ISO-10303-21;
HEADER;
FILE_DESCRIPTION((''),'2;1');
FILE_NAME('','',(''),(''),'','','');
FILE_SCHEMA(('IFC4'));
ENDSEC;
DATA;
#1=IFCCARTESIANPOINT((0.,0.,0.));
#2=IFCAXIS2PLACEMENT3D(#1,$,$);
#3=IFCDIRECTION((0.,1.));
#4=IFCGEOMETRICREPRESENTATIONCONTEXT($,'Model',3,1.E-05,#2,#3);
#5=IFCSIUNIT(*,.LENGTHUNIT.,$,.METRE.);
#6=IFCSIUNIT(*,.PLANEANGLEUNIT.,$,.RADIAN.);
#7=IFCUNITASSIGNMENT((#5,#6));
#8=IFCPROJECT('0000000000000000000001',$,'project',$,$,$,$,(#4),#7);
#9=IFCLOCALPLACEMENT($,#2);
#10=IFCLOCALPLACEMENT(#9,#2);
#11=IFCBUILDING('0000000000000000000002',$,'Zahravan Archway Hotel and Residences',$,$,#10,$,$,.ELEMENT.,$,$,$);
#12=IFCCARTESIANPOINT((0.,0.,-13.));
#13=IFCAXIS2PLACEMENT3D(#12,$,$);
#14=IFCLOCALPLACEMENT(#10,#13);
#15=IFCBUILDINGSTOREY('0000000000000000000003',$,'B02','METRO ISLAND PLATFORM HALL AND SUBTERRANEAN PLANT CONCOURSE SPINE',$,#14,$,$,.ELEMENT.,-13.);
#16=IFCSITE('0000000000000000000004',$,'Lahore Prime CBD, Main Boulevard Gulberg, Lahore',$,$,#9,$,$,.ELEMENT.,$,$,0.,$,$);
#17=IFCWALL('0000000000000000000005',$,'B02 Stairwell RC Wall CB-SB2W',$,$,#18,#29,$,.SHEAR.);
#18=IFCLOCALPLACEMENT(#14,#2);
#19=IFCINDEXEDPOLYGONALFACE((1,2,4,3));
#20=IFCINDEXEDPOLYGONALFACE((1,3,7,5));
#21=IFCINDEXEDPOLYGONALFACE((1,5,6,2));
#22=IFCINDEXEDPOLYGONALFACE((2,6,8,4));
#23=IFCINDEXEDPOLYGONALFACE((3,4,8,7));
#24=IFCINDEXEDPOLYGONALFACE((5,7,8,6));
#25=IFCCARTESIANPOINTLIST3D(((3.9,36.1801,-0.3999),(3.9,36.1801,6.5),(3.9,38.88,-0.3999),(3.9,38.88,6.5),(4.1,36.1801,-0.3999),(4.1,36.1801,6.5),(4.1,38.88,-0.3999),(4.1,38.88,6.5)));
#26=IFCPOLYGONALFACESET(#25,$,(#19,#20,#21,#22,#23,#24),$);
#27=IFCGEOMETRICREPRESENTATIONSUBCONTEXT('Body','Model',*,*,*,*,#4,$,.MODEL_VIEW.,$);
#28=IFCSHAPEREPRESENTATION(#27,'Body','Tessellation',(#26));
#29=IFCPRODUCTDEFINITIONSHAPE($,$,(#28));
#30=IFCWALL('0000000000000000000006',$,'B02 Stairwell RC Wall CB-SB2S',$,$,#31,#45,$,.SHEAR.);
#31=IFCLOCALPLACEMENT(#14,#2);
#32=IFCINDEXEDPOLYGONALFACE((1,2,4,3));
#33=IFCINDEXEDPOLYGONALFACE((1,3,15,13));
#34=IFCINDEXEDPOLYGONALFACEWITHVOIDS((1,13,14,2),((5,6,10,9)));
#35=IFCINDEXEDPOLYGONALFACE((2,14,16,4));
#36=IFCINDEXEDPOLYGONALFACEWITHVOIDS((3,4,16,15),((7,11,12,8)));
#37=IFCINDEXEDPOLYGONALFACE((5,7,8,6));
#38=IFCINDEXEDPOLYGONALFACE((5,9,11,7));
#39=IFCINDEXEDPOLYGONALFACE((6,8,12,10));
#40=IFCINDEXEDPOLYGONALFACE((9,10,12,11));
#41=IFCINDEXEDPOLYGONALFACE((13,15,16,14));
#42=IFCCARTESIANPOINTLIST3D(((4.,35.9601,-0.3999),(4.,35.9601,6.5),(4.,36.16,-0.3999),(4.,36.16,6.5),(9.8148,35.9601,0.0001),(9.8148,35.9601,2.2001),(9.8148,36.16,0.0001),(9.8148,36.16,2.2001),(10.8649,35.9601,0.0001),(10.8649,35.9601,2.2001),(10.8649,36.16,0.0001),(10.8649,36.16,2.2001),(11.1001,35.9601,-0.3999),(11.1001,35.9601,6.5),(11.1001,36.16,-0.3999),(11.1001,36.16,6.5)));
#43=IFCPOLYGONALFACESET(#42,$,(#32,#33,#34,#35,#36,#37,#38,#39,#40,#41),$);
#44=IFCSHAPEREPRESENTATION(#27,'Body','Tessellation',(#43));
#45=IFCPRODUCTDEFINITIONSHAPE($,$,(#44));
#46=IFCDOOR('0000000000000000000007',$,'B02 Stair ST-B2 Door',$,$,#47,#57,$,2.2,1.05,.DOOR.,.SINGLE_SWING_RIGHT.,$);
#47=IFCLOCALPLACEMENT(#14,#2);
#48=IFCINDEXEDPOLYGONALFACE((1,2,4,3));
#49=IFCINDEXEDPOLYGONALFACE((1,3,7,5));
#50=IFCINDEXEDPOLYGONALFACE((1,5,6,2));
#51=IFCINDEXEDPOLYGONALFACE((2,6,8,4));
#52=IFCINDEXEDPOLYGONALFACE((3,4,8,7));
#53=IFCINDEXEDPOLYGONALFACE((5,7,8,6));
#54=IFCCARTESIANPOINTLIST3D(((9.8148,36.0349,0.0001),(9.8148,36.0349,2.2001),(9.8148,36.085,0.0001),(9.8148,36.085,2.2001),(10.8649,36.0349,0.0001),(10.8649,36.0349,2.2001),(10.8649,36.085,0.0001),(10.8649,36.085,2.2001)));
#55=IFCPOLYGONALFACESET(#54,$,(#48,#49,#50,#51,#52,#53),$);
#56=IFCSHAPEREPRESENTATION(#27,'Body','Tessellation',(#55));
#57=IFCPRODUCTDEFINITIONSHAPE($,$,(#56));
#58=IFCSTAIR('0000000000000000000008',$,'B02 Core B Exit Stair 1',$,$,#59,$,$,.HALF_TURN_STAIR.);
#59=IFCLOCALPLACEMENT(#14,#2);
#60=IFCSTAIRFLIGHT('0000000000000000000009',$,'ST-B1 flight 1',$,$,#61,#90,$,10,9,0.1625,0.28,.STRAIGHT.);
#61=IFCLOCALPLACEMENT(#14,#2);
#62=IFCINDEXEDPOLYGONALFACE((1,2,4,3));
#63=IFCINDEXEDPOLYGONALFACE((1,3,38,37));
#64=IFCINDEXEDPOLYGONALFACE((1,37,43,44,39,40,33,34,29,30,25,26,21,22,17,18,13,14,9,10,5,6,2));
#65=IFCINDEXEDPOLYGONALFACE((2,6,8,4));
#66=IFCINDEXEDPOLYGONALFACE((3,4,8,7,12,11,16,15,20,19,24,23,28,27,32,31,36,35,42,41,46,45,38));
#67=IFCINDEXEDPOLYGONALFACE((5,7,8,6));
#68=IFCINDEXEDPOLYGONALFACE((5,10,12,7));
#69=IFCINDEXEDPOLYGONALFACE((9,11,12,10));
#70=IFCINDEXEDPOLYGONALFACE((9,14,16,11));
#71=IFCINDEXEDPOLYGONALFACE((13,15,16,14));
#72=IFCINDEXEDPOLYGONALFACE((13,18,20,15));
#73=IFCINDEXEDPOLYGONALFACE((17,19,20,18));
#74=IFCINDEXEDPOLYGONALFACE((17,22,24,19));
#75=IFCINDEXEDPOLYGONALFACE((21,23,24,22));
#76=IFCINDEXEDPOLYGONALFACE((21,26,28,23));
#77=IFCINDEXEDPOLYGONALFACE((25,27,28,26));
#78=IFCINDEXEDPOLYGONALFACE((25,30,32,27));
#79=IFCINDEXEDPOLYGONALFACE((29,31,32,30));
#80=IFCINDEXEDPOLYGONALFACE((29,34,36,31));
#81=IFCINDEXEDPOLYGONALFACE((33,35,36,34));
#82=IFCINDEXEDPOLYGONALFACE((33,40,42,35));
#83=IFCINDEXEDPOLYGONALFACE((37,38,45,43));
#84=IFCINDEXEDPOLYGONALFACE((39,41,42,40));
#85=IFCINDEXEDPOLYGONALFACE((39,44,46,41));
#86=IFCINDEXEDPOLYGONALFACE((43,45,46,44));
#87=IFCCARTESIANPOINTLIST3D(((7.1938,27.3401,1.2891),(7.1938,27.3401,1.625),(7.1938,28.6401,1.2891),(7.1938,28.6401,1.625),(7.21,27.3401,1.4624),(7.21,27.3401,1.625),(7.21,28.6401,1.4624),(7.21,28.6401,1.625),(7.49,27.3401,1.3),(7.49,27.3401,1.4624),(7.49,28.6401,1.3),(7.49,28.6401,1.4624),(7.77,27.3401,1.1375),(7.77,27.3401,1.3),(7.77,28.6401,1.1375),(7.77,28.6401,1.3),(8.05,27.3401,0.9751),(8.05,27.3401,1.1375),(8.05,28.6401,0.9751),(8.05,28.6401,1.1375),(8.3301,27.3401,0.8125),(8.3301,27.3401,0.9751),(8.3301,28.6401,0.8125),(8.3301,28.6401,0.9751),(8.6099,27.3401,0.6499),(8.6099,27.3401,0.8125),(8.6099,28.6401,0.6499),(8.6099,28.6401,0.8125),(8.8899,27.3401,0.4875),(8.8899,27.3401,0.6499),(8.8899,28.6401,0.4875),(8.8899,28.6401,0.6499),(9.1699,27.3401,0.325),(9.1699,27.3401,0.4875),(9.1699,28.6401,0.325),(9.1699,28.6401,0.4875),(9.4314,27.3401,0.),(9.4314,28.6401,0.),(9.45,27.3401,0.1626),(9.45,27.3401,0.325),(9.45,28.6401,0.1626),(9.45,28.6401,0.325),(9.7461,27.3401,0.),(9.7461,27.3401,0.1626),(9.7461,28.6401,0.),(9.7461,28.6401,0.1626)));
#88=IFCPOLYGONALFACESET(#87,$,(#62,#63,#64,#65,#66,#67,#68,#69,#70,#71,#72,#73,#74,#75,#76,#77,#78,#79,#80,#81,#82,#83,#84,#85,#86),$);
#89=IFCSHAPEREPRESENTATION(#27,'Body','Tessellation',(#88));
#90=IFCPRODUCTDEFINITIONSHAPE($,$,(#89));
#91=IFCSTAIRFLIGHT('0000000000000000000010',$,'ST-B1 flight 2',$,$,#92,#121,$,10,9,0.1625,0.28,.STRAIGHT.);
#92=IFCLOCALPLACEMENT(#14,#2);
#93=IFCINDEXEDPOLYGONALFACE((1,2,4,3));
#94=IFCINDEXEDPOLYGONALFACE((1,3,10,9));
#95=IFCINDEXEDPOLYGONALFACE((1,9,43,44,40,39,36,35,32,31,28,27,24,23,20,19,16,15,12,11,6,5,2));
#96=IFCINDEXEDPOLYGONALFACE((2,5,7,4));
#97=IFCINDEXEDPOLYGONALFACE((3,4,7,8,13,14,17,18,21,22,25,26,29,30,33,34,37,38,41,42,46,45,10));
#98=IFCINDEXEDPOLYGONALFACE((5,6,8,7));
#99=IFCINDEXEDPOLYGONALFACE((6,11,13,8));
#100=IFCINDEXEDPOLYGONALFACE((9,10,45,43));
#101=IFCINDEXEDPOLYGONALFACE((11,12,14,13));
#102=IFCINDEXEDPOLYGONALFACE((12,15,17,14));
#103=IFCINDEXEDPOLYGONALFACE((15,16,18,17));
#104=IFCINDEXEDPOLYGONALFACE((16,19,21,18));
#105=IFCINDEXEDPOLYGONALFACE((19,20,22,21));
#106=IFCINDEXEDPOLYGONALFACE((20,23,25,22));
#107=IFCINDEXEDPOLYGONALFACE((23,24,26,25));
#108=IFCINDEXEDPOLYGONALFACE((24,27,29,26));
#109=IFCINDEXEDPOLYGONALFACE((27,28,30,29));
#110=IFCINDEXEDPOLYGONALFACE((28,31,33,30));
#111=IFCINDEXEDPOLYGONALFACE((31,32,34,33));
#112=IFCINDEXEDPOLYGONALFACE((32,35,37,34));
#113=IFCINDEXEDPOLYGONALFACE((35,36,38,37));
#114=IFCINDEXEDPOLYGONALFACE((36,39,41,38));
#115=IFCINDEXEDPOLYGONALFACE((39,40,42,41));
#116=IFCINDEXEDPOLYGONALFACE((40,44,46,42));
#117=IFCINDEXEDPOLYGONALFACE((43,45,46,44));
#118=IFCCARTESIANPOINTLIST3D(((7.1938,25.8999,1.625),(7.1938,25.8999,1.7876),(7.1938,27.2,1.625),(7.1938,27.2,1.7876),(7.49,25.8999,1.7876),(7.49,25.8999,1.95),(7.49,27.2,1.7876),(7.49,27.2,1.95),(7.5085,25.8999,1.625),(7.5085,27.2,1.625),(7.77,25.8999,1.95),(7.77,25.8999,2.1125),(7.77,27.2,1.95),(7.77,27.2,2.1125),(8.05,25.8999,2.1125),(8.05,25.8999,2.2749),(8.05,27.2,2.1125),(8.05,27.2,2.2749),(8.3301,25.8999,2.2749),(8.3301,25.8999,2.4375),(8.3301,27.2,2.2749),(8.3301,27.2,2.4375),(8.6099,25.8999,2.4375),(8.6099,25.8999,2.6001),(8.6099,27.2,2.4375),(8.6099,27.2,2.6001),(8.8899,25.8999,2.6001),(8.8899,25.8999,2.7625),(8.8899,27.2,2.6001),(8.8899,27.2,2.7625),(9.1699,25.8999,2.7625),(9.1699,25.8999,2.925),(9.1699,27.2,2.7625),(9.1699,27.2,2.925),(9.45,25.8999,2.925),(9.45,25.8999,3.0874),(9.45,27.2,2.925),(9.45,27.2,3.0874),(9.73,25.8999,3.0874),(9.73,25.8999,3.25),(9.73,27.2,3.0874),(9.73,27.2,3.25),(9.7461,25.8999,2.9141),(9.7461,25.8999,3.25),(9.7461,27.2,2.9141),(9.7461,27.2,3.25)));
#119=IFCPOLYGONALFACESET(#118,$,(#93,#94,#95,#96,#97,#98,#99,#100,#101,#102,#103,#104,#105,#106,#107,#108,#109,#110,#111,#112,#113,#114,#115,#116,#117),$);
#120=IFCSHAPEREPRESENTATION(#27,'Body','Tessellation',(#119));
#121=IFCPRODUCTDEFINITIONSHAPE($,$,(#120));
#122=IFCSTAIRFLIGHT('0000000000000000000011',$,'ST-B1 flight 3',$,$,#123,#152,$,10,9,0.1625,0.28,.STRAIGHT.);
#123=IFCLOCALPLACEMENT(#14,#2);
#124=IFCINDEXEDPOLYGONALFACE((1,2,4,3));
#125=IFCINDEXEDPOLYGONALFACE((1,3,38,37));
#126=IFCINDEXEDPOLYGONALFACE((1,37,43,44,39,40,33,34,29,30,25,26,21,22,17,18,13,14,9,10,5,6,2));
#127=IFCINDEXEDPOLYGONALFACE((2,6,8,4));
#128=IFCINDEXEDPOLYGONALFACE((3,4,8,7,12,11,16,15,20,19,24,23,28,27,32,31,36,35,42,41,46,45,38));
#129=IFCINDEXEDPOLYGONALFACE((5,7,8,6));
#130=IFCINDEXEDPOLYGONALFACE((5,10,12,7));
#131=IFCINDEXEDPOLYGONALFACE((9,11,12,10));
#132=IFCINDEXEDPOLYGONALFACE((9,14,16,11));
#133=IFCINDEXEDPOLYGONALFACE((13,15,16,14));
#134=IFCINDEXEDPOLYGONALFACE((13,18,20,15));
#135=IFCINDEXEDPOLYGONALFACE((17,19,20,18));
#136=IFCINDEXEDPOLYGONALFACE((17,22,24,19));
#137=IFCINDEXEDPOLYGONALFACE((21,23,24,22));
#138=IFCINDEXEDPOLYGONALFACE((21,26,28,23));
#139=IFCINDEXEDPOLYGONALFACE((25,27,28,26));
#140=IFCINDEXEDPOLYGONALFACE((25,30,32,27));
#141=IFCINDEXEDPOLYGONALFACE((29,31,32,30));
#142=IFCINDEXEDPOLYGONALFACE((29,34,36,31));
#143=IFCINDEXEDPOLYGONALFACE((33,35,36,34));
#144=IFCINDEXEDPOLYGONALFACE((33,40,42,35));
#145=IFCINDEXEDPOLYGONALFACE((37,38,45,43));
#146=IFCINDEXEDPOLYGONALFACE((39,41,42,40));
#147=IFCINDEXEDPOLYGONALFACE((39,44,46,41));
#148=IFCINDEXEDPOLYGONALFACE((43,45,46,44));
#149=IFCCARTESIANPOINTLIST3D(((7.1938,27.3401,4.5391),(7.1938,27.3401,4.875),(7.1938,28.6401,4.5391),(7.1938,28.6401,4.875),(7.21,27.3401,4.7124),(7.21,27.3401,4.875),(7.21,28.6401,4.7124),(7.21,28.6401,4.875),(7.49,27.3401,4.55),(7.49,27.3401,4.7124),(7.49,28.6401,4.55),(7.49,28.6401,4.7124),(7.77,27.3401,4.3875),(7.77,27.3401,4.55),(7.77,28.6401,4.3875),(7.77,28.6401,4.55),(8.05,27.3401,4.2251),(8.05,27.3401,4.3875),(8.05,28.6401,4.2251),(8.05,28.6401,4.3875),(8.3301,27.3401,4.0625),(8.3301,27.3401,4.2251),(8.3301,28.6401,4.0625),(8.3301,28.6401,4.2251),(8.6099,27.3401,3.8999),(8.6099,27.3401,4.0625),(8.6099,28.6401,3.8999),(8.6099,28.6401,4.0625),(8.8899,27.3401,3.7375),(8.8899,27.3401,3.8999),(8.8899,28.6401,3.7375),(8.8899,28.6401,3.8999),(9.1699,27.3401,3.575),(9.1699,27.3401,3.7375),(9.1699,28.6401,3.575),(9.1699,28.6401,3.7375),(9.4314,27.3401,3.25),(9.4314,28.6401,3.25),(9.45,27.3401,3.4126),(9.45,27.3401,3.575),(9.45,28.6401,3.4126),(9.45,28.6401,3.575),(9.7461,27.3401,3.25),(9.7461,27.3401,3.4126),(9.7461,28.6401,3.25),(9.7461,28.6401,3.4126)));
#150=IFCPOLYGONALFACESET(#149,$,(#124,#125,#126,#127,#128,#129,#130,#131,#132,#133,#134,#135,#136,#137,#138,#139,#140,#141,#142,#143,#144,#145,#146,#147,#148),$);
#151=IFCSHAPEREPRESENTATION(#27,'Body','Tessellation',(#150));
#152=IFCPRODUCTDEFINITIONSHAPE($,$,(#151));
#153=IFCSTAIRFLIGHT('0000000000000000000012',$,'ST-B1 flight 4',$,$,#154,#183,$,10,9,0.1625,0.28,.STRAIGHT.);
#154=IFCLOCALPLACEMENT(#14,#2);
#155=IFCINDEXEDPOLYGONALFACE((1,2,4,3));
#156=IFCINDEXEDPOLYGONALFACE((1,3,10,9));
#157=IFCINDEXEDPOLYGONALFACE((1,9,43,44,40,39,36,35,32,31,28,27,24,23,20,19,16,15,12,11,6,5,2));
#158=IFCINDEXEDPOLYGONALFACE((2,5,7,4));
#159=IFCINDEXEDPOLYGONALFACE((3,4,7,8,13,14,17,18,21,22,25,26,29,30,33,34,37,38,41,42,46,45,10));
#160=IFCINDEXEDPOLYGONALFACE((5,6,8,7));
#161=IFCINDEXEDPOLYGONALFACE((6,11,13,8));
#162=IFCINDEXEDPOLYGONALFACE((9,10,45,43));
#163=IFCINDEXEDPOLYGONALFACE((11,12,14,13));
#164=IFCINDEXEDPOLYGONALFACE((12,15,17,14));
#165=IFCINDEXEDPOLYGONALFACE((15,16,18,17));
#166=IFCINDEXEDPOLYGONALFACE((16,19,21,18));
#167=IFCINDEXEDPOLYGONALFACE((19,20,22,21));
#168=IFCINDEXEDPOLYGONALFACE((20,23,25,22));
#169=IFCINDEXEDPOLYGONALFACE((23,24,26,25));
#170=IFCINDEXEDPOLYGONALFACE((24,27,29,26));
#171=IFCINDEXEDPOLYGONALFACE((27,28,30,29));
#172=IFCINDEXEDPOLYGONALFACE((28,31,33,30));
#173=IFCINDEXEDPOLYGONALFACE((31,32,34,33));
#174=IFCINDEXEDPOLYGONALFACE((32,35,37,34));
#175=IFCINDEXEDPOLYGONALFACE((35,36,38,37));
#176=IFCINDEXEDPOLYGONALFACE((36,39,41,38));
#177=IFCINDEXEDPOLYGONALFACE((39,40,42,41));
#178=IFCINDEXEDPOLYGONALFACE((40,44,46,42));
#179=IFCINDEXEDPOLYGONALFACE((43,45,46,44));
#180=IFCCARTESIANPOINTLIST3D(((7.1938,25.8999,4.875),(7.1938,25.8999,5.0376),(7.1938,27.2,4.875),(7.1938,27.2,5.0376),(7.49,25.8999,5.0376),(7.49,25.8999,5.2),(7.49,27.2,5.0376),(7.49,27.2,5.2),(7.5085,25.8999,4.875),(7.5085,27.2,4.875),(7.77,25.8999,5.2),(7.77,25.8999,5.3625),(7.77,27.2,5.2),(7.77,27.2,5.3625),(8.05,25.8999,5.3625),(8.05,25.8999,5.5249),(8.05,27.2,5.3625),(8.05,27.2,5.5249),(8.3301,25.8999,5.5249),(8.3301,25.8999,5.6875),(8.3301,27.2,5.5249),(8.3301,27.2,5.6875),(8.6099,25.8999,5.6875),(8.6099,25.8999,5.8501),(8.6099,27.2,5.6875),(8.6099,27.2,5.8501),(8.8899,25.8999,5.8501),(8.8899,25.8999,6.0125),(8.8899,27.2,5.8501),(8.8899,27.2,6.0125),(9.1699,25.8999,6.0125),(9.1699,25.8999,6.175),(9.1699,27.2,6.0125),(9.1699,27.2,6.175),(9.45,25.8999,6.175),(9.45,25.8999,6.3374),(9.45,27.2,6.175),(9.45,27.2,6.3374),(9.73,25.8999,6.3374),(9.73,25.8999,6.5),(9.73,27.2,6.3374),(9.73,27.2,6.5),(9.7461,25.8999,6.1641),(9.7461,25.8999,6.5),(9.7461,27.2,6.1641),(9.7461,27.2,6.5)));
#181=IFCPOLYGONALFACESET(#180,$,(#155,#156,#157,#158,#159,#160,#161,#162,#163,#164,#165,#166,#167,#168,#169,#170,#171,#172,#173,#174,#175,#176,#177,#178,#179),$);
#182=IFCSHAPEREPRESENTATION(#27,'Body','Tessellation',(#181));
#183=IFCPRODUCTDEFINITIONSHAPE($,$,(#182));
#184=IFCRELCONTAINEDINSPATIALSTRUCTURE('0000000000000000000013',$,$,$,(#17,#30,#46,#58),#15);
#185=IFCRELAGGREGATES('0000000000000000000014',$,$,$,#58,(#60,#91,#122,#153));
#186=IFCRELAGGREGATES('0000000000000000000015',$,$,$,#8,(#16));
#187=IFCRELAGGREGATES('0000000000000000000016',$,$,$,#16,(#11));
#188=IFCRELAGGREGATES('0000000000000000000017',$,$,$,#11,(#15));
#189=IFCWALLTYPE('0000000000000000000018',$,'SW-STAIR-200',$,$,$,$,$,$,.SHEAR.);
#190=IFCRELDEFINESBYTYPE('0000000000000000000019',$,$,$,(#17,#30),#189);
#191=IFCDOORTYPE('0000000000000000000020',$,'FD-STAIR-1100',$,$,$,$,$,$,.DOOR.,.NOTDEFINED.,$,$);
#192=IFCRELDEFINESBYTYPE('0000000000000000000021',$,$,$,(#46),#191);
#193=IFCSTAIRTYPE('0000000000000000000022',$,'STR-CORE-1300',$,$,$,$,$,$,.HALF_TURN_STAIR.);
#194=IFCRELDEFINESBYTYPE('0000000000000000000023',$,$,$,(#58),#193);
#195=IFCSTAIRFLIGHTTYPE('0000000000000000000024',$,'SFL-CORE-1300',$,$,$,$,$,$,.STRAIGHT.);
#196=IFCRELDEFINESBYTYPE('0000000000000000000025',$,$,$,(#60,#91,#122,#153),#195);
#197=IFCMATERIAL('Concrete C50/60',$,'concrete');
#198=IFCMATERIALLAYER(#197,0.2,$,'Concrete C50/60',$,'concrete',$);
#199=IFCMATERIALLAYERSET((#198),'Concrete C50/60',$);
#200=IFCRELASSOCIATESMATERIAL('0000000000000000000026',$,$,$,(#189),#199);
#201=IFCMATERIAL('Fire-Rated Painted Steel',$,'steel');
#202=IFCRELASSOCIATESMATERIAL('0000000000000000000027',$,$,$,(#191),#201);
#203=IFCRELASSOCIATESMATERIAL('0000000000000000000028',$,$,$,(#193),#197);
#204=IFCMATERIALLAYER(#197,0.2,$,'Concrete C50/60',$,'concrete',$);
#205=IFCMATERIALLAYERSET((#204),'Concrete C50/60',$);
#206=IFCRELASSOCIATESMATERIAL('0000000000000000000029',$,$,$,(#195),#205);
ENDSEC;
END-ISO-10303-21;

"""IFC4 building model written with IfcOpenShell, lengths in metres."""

from ifc_helpers import new_model, si_unit, direction, frame, frame_2d, origin, place, context, subcontext, project, spatial, polyline, rectangle, outline, extrude, source, transform, mapped, material, layer, layer_set, type_object, type_shapes, element, fill, aggregate, save


model = new_model("IFC4")

# Units and contexts
model_context = context("Model", 3, precision=1e-05, world=origin(), true_north=direction((0.0, 1.0)))
body_context = subcontext(model_context, "Body", "Model", "MODEL_VIEW")
ifc_project = project(units=[si_unit("LENGTHUNIT", "METRE"), si_unit("PLANEANGLEUNIT", "RADIAN")], contexts=[model_context])

# Site, building, storey
site_placement = place(None, origin())
site = spatial("IfcSite", under=ifc_project, at=site_placement, Name="Lahore Prime CBD, Main Boulevard Gulberg, Lahore", CompositionType="ELEMENT", RefElevation=0.0)
building_placement = place(site_placement, origin())
building = spatial("IfcBuilding", under=site, at=building_placement, Name="Zahravan Archway Hotel and Residences", CompositionType="ELEMENT")
storey_placement = place(building_placement, frame((0.0, 0.0, -13.0)))
storey = spatial("IfcBuildingStorey", under=building, at=storey_placement, Name="B02", Description="METRO ISLAND PLATFORM HALL AND SUBTERRANEAN PLANT CONCOURSE SPINE", CompositionType="ELEMENT", Elevation=-13.0)

# Shared definitions
ifc_material_1 = material(Name="Concrete C50/60", Category="concrete")

# Shared definitions
ifc_material_2 = material(Name="Fire-Rated Painted Steel", Category="steel")

# Shared definitions
ifc_layer_1 = layer(ifc_material_1, 0.2, Name="Concrete C50/60", Category="concrete")
ifc_layer_set_1 = layer_set([ifc_layer_1], Name="Concrete C50/60")
wall_type_1 = type_object("IfcWallType", Name="SW-STAIR-200", PredefinedType="SHEAR", material=ifc_layer_set_1)

# Shared definitions
door_type_1 = type_object("IfcDoorType", Name="FD-STAIR-1100", OperationType="NOTDEFINED", PredefinedType="DOOR", material=ifc_material_2)
shared_shape_1 = source(origin(), body_context, "Body", "SweptSolid", [
    extrude(rectangle(XDim=1.05, YDim=2.2, at=frame_2d((0.5249, 1.1001))), frame((0.0, 0.0249, 0.0), z_axis=(0.0, -1.0, 0.0), x_axis=(1.0, 0.0, 0.0)), (0.0, 0.0, 1.0), 0.05),
])
type_shapes(door_type_1, [shared_shape_1])

# Wall
wall_1_placement = place(storey_placement, frame((4.0, 36.1799, -0.3999), z_axis=(0.0, 0.0, 1.0), x_axis=(0.0, 1.0, 0.0)))
element("IfcWall", 1, at=wall_1_placement, inside=storey, type_object=wall_type_1, Name="B02 Stairwell RC Wall CB-SB2W", PredefinedType="SHEAR", context=body_context, shape_type="SweptSolid", body=[
    extrude(rectangle(XDim=2.7, YDim=0.2, at=frame_2d((1.3501, 0.0))), origin(), (0.0, 0.0, 1.0), 6.8999),
])

# Wall, opening, door
wall_2_placement = place(storey_placement, frame((4.0, 36.0601, -0.3999), z_axis=(0.0, 0.0, 1.0), x_axis=(1.0, 0.0, 0.0)))
wall_2 = element("IfcWall", 2, at=wall_2_placement, inside=storey, type_object=wall_type_1, Name="B02 Stairwell RC Wall CB-SB2S", PredefinedType="SHEAR", context=body_context, shape_type="SweptSolid", body=[
    extrude(rectangle(XDim=7.1001, YDim=0.2, at=frame_2d((3.55, 0.0))), origin(), (0.0, 0.0, 1.0), 6.8999),
])
opening_1_placement = place(wall_2_placement, frame((5.8149, 0.0, 0.3999)))
opening_1 = element("IfcOpeningElement", 3, at=opening_1_placement, cuts=wall_2, PredefinedType="OPENING", context=body_context, shape_type="SweptSolid", body=[
    extrude(rectangle(XDim=1.05, YDim=2.2, at=frame_2d((0.5249, 1.1001))), frame((0.0, 0.1099, 0.0), z_axis=(0.0, -1.0, 0.0), x_axis=(1.0, 0.0, 0.0)), (0.0, 0.0, 1.0), 0.22),
])
door_1_placement = place(opening_1_placement, origin())
door_1 = element("IfcDoor", 4, at=door_1_placement, inside=storey, type_object=door_type_1, Name="B02 Stair ST-B2 Door", OperationType="SINGLE_SWING_RIGHT", OverallHeight=2.2, OverallWidth=1.05, PredefinedType="DOOR", context=body_context, shape_type="MappedRepresentation", body=[
    mapped(shared_shape_1, transform((0.0, 0.0, 0.0), scale=1.0)),
])
fill(opening_1, door_1)

# Stair, stair flights
stair_type = type_object("IfcStairType", Name="STR-CORE-1300", PredefinedType="HALF_TURN_STAIR", material=ifc_material_1)
stair_placement = place(storey_placement, origin())
stair = element("IfcStair", 5, at=stair_placement, inside=storey, type_object=stair_type, Name="B02 Core B Exit Stair 1", PredefinedType="HALF_TURN_STAIR")
ifc_layer_2 = layer(ifc_material_1, 0.2, Name="Concrete C50/60", Category="concrete")
ifc_layer_set_2 = layer_set([ifc_layer_2], Name="Concrete C50/60")
stair_flight_type = type_object("IfcStairFlightType", Name="SFL-CORE-1300", PredefinedType="STRAIGHT", material=ifc_layer_set_2)
shared_shape_2 = source(origin(), body_context, "Body", "SweptSolid", [
    extrude(outline(polyline([(-0.0161, 0.0), (-0.0161, 0.1626), (0.28, 0.1626), (0.28, 0.325), (0.5601, 0.325), (0.5601, 0.4875), (0.8401, 0.4875), (0.8401, 0.6499), (1.1201, 0.6499), (1.1201, 0.8125), (1.3999, 0.8125), (1.3999, 0.9751), (1.6799, 0.9751), (1.6799, 1.1375), (1.96, 1.1375), (1.96, 1.3), (2.24, 1.3), (2.24, 1.4624), (2.52, 1.4624), (2.52, 1.625), (2.5361, 1.625), (2.5361, 1.2891), (0.2986, 0.0), (-0.0161, 0.0)])), frame((0.0, 0.6499, 0.0), z_axis=(0.0, -1.0, 0.0), x_axis=(1.0, 0.0, 0.0)), (0.0, 0.0, 1.0), 1.3),
])
type_shapes(stair_flight_type, [shared_shape_2])
stair_flight_1_placement = place(storey_placement, frame((9.73, 27.99, 0.0), z_axis=(0.0, 0.0, 1.0), x_axis=(-1.0, 0.0, 0.0)))
stair_flight_1 = element("IfcStairFlight", 6, at=stair_flight_1_placement, type_object=stair_flight_type, Name="ST-B1 flight 1", NumberOfRisers=10, NumberOfTreads=9, PredefinedType="STRAIGHT", RiserHeight=0.1625, TreadLength=0.28, context=body_context, shape_type="MappedRepresentation", body=[
    mapped(shared_shape_2, transform((0.0, 0.0, 0.0), scale=1.0)),
])
stair_flight_2_placement = place(storey_placement, frame((7.21, 26.55, 1.625), z_axis=(0.0, 0.0, 1.0), x_axis=(1.0, 0.0, 0.0)))
stair_flight_2 = element("IfcStairFlight", 7, at=stair_flight_2_placement, type_object=stair_flight_type, Name="ST-B1 flight 2", NumberOfRisers=10, NumberOfTreads=9, PredefinedType="STRAIGHT", RiserHeight=0.1625, TreadLength=0.28, context=body_context, shape_type="MappedRepresentation", body=[
    mapped(shared_shape_2, transform((0.0, 0.0, 0.0), scale=1.0)),
])
stair_flight_3_placement = place(storey_placement, frame((9.73, 27.99, 3.25), z_axis=(0.0, 0.0, 1.0), x_axis=(-1.0, 0.0, 0.0)))
stair_flight_3 = element("IfcStairFlight", 8, at=stair_flight_3_placement, type_object=stair_flight_type, Name="ST-B1 flight 3", NumberOfRisers=10, NumberOfTreads=9, PredefinedType="STRAIGHT", RiserHeight=0.1625, TreadLength=0.28, context=body_context, shape_type="MappedRepresentation", body=[
    mapped(shared_shape_2, transform((0.0, 0.0, 0.0), scale=1.0)),
])
stair_flight_4_placement = place(storey_placement, frame((7.21, 26.55, 4.875), z_axis=(0.0, 0.0, 1.0), x_axis=(1.0, 0.0, 0.0)))
stair_flight_4 = element("IfcStairFlight", 9, at=stair_flight_4_placement, type_object=stair_flight_type, Name="ST-B1 flight 4", NumberOfRisers=10, NumberOfTreads=9, PredefinedType="STRAIGHT", RiserHeight=0.1625, TreadLength=0.28, context=body_context, shape_type="MappedRepresentation", body=[
    mapped(shared_shape_2, transform((0.0, 0.0, 0.0), scale=1.0)),
])
aggregate(stair, [stair_flight_1, stair_flight_2, stair_flight_3, stair_flight_4])

save(model, "model.ifc")
